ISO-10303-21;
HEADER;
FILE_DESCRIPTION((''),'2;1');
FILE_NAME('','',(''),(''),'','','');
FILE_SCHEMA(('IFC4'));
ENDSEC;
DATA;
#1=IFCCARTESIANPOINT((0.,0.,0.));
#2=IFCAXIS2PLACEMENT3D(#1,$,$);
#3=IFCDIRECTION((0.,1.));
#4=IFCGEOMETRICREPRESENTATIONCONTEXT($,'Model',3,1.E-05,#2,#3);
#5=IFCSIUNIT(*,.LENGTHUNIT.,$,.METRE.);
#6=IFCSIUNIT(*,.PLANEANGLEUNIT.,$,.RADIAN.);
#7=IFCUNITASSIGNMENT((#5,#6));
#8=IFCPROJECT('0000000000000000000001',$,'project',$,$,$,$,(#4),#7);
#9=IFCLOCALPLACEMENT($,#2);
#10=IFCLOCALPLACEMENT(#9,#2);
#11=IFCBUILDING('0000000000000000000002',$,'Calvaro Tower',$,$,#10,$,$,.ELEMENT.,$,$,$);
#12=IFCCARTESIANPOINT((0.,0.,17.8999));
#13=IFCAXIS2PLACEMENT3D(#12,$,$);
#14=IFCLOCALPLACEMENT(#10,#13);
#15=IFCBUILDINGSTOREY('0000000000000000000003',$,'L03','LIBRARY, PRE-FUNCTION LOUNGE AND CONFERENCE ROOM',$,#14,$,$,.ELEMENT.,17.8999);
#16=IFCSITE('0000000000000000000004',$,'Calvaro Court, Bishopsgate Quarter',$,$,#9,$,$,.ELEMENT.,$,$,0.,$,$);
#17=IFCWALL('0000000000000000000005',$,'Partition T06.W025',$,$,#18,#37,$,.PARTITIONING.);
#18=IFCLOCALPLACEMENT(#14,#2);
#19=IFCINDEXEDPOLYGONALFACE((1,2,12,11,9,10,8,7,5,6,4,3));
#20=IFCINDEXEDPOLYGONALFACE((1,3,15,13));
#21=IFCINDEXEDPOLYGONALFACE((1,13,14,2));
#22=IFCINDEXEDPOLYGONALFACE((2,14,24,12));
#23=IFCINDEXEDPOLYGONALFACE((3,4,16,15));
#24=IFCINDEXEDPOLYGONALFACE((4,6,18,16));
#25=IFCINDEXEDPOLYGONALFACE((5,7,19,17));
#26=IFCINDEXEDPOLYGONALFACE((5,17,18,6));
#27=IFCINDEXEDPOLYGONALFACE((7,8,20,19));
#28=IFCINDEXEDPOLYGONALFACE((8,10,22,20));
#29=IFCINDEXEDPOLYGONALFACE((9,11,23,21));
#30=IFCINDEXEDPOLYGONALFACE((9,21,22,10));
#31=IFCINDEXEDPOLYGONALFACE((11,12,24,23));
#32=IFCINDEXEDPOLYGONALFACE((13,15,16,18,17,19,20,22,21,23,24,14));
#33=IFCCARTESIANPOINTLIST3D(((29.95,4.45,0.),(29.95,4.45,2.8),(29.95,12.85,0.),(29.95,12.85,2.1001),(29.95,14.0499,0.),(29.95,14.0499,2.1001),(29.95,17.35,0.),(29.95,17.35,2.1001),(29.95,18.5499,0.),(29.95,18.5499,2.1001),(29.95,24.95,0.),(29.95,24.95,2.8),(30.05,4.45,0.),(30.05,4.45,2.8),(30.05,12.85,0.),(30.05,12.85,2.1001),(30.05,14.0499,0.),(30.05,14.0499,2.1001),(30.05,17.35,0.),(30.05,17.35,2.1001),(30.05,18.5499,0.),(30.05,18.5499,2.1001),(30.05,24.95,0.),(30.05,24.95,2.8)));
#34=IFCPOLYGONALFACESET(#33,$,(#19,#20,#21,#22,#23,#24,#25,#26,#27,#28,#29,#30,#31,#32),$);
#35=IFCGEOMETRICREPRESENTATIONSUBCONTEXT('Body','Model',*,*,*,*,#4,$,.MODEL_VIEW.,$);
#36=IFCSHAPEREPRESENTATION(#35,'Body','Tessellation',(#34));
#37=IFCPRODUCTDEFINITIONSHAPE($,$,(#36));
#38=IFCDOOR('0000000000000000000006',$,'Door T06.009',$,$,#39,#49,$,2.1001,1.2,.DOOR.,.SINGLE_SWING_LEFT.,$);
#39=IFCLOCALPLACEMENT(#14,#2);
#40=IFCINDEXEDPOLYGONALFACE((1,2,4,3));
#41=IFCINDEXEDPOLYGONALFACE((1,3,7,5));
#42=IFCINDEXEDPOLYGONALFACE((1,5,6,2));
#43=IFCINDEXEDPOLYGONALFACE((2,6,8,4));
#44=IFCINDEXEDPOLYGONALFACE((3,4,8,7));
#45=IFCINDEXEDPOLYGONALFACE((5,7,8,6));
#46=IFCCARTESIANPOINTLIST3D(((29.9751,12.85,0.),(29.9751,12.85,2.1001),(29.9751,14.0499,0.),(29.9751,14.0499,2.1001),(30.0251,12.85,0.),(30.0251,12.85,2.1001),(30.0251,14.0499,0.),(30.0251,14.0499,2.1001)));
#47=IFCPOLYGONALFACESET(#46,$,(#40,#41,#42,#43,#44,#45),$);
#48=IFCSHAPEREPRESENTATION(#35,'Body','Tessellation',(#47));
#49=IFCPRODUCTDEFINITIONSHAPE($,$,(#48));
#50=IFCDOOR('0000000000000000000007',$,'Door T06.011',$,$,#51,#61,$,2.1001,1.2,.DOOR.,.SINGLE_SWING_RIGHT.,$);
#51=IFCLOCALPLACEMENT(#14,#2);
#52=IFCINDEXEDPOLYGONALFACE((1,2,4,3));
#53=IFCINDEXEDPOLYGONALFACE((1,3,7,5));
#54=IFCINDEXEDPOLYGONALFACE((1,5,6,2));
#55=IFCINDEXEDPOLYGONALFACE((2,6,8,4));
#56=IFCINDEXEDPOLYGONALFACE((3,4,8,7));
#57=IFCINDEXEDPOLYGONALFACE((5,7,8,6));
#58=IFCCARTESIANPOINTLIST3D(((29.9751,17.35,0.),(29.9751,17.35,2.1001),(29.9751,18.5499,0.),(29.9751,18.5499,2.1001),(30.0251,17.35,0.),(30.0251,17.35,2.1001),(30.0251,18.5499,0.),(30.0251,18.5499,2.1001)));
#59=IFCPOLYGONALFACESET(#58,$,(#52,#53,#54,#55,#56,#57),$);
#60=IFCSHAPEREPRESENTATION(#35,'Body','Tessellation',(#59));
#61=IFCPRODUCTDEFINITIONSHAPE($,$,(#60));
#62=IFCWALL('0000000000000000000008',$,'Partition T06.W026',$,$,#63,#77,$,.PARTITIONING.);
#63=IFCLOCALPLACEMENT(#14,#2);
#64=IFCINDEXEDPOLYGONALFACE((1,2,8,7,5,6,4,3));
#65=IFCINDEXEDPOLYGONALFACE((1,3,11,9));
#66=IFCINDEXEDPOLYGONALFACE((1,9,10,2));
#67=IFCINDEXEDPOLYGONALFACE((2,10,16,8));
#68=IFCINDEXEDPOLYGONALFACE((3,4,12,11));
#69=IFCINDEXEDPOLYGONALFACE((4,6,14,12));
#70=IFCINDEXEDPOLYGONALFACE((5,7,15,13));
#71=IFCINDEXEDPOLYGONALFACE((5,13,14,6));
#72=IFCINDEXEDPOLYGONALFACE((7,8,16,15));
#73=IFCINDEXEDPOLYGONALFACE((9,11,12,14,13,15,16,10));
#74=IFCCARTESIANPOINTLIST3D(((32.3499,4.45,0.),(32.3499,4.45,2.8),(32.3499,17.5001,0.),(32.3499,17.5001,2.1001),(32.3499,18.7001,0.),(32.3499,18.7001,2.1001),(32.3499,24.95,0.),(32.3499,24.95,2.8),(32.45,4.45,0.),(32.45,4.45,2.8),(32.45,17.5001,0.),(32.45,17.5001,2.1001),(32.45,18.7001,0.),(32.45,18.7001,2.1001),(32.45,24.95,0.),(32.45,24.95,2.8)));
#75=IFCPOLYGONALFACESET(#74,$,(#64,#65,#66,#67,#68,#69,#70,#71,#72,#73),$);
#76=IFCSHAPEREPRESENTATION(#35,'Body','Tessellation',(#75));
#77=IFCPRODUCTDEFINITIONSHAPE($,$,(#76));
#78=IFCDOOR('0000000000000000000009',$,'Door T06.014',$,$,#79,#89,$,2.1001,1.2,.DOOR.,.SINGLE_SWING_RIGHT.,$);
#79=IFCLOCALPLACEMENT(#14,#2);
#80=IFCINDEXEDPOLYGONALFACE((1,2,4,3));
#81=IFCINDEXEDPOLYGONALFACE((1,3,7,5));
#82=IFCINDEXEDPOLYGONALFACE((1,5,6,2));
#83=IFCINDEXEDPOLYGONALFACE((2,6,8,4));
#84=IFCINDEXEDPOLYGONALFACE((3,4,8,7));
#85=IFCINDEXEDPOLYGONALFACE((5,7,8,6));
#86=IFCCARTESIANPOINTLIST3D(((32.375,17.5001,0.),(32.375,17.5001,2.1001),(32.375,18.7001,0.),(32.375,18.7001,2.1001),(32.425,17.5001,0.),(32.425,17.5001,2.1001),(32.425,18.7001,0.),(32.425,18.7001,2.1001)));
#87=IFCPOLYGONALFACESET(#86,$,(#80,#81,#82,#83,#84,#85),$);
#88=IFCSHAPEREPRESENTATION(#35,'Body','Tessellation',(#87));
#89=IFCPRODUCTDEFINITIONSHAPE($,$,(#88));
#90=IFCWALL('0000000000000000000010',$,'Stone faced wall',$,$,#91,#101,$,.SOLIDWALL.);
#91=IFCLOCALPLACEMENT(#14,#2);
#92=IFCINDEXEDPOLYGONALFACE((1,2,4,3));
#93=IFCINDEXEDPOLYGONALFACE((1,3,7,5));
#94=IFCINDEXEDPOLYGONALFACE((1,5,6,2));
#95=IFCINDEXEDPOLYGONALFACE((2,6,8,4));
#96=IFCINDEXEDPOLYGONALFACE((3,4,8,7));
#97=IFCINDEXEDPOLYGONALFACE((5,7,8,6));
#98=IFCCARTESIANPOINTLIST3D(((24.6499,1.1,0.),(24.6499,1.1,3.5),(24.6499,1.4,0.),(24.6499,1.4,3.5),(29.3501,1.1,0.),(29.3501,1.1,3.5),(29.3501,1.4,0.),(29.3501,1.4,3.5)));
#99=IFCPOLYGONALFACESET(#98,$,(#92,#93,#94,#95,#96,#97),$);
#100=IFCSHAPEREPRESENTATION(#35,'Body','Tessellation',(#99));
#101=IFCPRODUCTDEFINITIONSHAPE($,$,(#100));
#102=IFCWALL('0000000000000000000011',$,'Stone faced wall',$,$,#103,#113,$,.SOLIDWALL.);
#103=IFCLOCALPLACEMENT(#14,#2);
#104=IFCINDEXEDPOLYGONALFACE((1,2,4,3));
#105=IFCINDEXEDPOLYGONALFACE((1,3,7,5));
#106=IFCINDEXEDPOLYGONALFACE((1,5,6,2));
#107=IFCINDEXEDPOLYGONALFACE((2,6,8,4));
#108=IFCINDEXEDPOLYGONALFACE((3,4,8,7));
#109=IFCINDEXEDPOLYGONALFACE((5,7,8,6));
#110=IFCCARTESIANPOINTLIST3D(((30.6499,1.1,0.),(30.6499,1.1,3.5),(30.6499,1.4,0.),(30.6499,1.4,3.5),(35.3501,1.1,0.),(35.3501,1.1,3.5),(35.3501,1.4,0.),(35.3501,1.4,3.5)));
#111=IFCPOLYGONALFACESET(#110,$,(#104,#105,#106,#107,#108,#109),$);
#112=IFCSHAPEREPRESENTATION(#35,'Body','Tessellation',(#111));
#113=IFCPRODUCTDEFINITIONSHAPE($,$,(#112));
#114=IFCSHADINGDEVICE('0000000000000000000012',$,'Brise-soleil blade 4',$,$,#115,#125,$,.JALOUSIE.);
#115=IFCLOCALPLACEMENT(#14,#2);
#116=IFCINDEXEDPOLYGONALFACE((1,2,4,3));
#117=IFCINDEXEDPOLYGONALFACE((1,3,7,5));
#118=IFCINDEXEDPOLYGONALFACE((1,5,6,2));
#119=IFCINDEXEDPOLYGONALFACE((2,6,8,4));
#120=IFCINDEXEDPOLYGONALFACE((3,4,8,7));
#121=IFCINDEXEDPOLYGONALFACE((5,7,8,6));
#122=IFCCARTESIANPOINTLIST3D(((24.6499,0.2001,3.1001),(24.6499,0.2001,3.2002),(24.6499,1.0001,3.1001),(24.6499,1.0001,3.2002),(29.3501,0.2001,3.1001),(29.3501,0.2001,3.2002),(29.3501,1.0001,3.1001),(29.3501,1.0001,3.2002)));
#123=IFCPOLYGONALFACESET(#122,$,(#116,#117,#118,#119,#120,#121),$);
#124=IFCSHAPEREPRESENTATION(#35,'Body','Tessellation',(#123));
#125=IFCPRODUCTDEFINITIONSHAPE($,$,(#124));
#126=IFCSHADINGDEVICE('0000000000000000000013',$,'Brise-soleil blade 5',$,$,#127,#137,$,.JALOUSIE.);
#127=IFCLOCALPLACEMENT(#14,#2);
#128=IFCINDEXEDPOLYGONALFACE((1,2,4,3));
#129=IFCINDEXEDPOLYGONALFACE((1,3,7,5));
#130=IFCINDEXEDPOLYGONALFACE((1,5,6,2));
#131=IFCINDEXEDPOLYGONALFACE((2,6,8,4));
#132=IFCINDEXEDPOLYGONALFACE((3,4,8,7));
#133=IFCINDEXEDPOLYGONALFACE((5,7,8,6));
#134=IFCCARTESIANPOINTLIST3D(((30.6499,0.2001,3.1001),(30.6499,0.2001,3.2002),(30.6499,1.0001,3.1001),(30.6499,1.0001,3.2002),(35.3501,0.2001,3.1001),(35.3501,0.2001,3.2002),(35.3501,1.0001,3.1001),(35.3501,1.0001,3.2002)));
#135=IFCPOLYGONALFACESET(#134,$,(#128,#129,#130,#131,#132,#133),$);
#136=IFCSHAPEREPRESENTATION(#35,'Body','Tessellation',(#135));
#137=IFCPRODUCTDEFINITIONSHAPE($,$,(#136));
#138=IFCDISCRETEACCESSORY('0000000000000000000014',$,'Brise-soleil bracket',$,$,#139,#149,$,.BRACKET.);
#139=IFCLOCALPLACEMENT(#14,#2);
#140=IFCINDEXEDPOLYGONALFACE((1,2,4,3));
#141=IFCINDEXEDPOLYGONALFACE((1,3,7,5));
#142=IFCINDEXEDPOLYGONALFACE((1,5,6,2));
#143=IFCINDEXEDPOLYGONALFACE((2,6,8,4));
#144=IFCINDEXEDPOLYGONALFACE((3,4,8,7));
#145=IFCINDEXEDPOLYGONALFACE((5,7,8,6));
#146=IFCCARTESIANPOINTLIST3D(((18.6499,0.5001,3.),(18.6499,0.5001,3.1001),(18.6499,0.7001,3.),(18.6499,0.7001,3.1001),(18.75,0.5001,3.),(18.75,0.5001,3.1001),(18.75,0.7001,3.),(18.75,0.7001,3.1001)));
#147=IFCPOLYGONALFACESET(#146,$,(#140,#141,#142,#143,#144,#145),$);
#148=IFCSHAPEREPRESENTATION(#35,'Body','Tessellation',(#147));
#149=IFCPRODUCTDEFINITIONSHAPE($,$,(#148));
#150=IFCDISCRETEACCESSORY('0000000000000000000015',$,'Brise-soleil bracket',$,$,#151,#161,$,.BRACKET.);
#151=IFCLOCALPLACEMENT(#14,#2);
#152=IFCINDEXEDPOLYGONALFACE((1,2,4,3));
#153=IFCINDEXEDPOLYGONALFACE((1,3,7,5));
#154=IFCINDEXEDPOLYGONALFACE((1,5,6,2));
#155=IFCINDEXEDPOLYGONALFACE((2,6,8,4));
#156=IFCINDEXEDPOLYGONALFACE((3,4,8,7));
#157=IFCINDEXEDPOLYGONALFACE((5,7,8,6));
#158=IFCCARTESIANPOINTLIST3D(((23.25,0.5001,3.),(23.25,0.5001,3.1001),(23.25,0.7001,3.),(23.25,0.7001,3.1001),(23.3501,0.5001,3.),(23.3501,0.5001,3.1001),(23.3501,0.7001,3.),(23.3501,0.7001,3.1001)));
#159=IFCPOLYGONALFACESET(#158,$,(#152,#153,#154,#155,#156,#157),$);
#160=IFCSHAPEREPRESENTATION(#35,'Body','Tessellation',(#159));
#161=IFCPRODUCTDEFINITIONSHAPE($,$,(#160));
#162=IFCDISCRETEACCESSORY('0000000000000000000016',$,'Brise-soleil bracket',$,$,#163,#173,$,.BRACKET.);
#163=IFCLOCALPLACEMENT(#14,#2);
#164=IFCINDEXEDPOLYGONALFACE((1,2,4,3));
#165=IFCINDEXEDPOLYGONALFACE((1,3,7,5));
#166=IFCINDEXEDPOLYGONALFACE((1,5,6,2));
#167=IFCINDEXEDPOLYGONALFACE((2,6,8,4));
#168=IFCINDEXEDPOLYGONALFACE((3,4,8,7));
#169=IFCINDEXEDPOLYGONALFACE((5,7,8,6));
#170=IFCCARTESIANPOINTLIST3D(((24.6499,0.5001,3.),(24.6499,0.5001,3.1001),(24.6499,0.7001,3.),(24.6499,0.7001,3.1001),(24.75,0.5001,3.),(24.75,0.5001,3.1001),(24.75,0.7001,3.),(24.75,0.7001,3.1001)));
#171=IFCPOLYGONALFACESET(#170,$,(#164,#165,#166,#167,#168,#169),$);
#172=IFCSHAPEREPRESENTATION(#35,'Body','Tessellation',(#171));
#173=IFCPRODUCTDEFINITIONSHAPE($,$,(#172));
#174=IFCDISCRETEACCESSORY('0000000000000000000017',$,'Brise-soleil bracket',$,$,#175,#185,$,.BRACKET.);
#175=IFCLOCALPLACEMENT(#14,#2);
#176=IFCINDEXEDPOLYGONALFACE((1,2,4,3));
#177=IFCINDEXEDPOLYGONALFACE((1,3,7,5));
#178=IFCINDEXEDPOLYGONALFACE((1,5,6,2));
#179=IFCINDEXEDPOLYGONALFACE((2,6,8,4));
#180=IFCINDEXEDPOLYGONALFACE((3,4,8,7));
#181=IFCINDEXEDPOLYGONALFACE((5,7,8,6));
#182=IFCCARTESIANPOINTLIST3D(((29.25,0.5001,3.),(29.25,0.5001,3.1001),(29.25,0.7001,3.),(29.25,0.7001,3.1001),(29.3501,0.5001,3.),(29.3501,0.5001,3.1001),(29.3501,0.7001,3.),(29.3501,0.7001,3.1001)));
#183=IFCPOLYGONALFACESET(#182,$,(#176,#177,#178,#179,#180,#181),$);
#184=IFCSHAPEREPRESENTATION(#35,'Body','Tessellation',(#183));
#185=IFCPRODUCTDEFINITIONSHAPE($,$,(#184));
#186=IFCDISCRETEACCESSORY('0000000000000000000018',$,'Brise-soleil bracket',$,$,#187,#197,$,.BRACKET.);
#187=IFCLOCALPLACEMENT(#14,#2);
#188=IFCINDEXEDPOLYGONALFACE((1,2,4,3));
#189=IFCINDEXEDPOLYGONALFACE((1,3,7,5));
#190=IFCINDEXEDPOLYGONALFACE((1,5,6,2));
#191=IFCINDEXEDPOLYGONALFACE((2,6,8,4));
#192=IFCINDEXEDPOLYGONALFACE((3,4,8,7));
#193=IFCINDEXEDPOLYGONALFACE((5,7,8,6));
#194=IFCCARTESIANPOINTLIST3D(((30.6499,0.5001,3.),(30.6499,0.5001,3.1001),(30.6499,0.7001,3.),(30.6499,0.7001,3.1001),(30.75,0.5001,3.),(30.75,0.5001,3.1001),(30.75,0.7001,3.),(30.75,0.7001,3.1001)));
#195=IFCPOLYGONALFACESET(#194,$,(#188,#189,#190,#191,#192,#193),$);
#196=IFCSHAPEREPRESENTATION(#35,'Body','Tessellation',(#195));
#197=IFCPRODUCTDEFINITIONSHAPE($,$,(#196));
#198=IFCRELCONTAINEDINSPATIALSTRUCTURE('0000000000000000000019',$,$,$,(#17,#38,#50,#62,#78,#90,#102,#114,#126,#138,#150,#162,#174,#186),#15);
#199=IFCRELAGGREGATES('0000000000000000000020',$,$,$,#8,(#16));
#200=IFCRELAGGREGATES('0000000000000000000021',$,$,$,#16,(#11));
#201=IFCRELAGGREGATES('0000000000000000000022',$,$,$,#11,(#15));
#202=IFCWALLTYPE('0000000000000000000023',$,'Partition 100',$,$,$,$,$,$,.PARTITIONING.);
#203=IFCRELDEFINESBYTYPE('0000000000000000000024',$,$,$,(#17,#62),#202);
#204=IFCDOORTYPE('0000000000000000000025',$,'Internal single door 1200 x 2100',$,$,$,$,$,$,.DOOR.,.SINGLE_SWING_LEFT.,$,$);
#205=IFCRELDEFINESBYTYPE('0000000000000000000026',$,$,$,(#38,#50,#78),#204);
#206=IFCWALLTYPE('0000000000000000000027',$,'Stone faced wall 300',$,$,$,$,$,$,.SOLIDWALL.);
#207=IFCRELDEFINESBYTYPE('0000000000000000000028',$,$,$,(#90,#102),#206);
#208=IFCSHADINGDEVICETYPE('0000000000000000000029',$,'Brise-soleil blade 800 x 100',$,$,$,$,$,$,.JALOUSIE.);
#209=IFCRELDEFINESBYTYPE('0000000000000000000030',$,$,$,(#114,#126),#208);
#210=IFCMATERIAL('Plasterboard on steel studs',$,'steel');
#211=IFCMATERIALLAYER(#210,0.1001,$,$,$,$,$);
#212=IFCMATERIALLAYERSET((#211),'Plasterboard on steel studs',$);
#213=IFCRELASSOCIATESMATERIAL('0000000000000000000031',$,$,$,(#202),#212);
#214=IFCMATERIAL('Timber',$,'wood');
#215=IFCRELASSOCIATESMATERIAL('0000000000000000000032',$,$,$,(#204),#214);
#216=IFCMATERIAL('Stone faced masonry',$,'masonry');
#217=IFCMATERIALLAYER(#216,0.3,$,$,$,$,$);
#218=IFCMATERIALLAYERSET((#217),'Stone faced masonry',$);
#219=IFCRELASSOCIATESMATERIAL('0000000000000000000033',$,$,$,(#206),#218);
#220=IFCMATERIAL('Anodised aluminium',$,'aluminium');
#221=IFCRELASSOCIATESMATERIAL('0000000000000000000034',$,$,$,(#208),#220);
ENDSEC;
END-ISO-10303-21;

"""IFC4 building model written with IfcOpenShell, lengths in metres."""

from ifc_helpers import new_model, si_unit, direction, frame, frame_2d, origin, origin_2d, place, context, subcontext, project, spatial, rectangle, extrude, material, layer, layer_set, material_profile, profile_set, type_object, element, fill, save


model = new_model("IFC4")

# Units and contexts
model_context = context("Model", 3, precision=1e-05, world=origin(), true_north=direction((0.0, 1.0)))
body_context = subcontext(model_context, "Body", "Model", "MODEL_VIEW")
ifc_project = project(units=[si_unit("LENGTHUNIT", "METRE"), si_unit("PLANEANGLEUNIT", "RADIAN")], contexts=[model_context])

# Site, building, storey
site_placement = place(None, origin())
site = spatial("IfcSite", under=ifc_project, at=site_placement, Name="Calvaro Court, Bishopsgate Quarter", CompositionType="ELEMENT", RefElevation=0.0)
building_placement = place(site_placement, origin())
building = spatial("IfcBuilding", under=site, at=building_placement, Name="Calvaro Tower", CompositionType="ELEMENT")
storey_placement = place(building_placement, frame((0.0, 0.0, 17.8999)))
storey = spatial("IfcBuildingStorey", under=building, at=storey_placement, Name="L03", Description="LIBRARY, PRE-FUNCTION LOUNGE AND CONFERENCE ROOM", CompositionType="ELEMENT", Elevation=17.8999)

# Wall, openings, doors
ifc_material_1 = material(Name="Plasterboard on steel studs", Category="steel")
ifc_layer_1 = layer(ifc_material_1, 0.1001)
ifc_layer_set_1 = layer_set([ifc_layer_1], Name="Plasterboard on steel studs")
wall_type_1 = type_object("IfcWallType", Name="Partition 100", PredefinedType="PARTITIONING", material=ifc_layer_set_1)
wall_1_placement = place(storey_placement, frame((30.0, 4.45, 0.0), z_axis=(0.0, 0.0, 1.0), x_axis=(0.0, 1.0, 0.0)))
wall_1 = element("IfcWall", 1, at=wall_1_placement, inside=storey, type_object=wall_type_1, Name="Partition T06.W025", PredefinedType="PARTITIONING", context=body_context, shape_type="SweptSolid", body=[
    extrude(rectangle(XDim=20.5, YDim=0.1001, at=frame_2d((10.25, 0.0))), origin(), (0.0, 0.0, 1.0), 2.8),
])
opening_1_placement = place(wall_1_placement, frame((8.3999, 0.0, 0.0)))
opening_1 = element("IfcOpeningElement", 2, at=opening_1_placement, cuts=wall_1, PredefinedType="OPENING", context=body_context, shape_type="SweptSolid", body=[
    extrude(rectangle(XDim=1.2, YDim=2.1001, at=frame_2d((0.6001, 1.05))), frame((0.0, 0.0601, 0.0), z_axis=(0.0, -1.0, 0.0), x_axis=(1.0, 0.0, 0.0)), (0.0, 0.0, 1.0), 0.1201),
])
opening_2_placement = place(wall_1_placement, frame((12.8999, 0.0, 0.0)))
opening_2 = element("IfcOpeningElement", 3, at=opening_2_placement, cuts=wall_1, PredefinedType="OPENING", context=body_context, shape_type="SweptSolid", body=[
    extrude(rectangle(XDim=1.2, YDim=2.1001, at=frame_2d((0.6001, 1.05))), frame((0.0, 0.0601, 0.0), z_axis=(0.0, -1.0, 0.0), x_axis=(1.0, 0.0, 0.0)), (0.0, 0.0, 1.0), 0.1201),
])
ifc_material_2 = material(Name="Timber", Category="wood")
door_type_1 = type_object("IfcDoorType", Name="Internal single door 1200 x 2100", OperationType="SINGLE_SWING_LEFT", PredefinedType="DOOR", material=ifc_material_2)
door_1_placement = place(opening_1_placement, origin())
door_1 = element("IfcDoor", 4, at=door_1_placement, inside=storey, type_object=door_type_1, Name="Door T06.009", OperationType="SINGLE_SWING_LEFT", OverallHeight=2.1001, OverallWidth=1.2, PredefinedType="DOOR", context=body_context, shape_type="SweptSolid", body=[
    extrude(rectangle(XDim=1.2, YDim=2.1001, at=frame_2d((0.6001, 1.05))), frame((0.0, 0.0249, 0.0), z_axis=(0.0, -1.0, 0.0), x_axis=(1.0, 0.0, 0.0)), (0.0, 0.0, 1.0), 0.05),
])
fill(opening_1, door_1)
door_2_placement = place(opening_2_placement, origin())
door_2 = element("IfcDoor", 5, at=door_2_placement, inside=storey, type_object=door_type_1, Name="Door T06.011", OperationType="SINGLE_SWING_RIGHT", OverallHeight=2.1001, OverallWidth=1.2, PredefinedType="DOOR", context=body_context, shape_type="SweptSolid", body=[
    extrude(rectangle(XDim=1.2, YDim=2.1001, at=frame_2d((0.6001, 1.05))), frame((0.0, 0.0249, 0.0), z_axis=(0.0, -1.0, 0.0), x_axis=(1.0, 0.0, 0.0)), (0.0, 0.0, 1.0), 0.05),
])
fill(opening_2, door_2)

# Wall, opening, door
wall_2_placement = place(storey_placement, frame((32.3999, 4.45, 0.0), z_axis=(0.0, 0.0, 1.0), x_axis=(0.0, 1.0, 0.0)))
wall_2 = element("IfcWall", 6, at=wall_2_placement, inside=storey, type_object=wall_type_1, Name="Partition T06.W026", PredefinedType="PARTITIONING", context=body_context, shape_type="SweptSolid", body=[
    extrude(rectangle(XDim=20.5, YDim=0.1001, at=frame_2d((10.25, 0.0))), origin(), (0.0, 0.0, 1.0), 2.8),
])
opening_3_placement = place(wall_2_placement, frame((13.05, 0.0, 0.0)))
opening_3 = element("IfcOpeningElement", 7, at=opening_3_placement, cuts=wall_2, PredefinedType="OPENING", context=body_context, shape_type="SweptSolid", body=[
    extrude(rectangle(XDim=1.2, YDim=2.1001, at=frame_2d((0.6001, 1.05))), frame((0.0, 0.0601, 0.0), z_axis=(0.0, -1.0, 0.0), x_axis=(1.0, 0.0, 0.0)), (0.0, 0.0, 1.0), 0.1201),
])
door_3_placement = place(opening_3_placement, origin())
door_3 = element("IfcDoor", 8, at=door_3_placement, inside=storey, type_object=door_type_1, Name="Door T06.014", OperationType="SINGLE_SWING_RIGHT", OverallHeight=2.1001, OverallWidth=1.2, PredefinedType="DOOR", context=body_context, shape_type="SweptSolid", body=[
    extrude(rectangle(XDim=1.2, YDim=2.1001, at=frame_2d((0.6001, 1.05))), frame((0.0, 0.0249, 0.0), z_axis=(0.0, -1.0, 0.0), x_axis=(1.0, 0.0, 0.0)), (0.0, 0.0, 1.0), 0.05),
])
fill(opening_3, door_3)

# Walls
ifc_material_3 = material(Name="Stone faced masonry", Category="masonry")
ifc_layer_2 = layer(ifc_material_3, 0.3)
ifc_layer_set_2 = layer_set([ifc_layer_2], Name="Stone faced masonry")
wall_type_2 = type_object("IfcWallType", Name="Stone faced wall 300", PredefinedType="SOLIDWALL", material=ifc_layer_set_2)
for number, where, z_axis, x_axis, name in (
    (9, (24.6499, 1.25, 0.0), (0.0, 0.0, 1.0), (1.0, 0.0, 0.0), "Stone faced wall"),
    (10, (30.6499, 1.25, 0.0), (0.0, 0.0, 1.0), (1.0, 0.0, 0.0), "Stone faced wall"),
):
    element("IfcWall", number, at=place(storey_placement, frame(where, z_axis=z_axis, x_axis=x_axis)), inside=storey, type_object=wall_type_2, Name=name, PredefinedType="SOLIDWALL", context=body_context, shape_type="SweptSolid", body=[
        extrude(rectangle(XDim=4.7002, YDim=0.3, at=frame_2d((2.3501, 0.0))), origin(), (0.0, 0.0, 1.0), 3.5),
    ])

# Shading devices
ifc_material_4 = material(Name="Anodised aluminium", Category="aluminium")
ifc_material_profile_1 = material_profile(ifc_material_4, rectangle(XDim=0.8, YDim=0.1001, at=origin_2d()), Name="Brise-soleil blade 800 x 100")
ifc_profile_set_1 = profile_set([ifc_material_profile_1], Name="Anodised aluminium")
shading_device_type = type_object("IfcShadingDeviceType", Name="Brise-soleil blade 800 x 100", PredefinedType="JALOUSIE", material=ifc_profile_set_1)
for number, where, z_axis, x_axis, name in (
    (11, (24.6499, 0.6001, 3.1501), (1.0, 0.0, 0.0), (0.0, 1.0, 0.0), "Brise-soleil blade 4"),
    (12, (30.6499, 0.6001, 3.1501), (1.0, 0.0, 0.0), (0.0, 1.0, 0.0), "Brise-soleil blade 5"),
):
    element("IfcShadingDevice", number, at=place(storey_placement, frame(where, z_axis=z_axis, x_axis=x_axis)), inside=storey, type_object=shading_device_type, Name=name, PredefinedType="JALOUSIE", context=body_context, shape_type="SweptSolid", body=[
        extrude(rectangle(XDim=0.8, YDim=0.1001, at=origin_2d()), origin(), (0.0, 0.0, 1.0), 4.7002),
    ])

# Discrete accessories
for number, where, z_axis, x_axis, name in (
    (13, (18.7, 0.6001, 3.0), (0.0, 0.0, 1.0), (1.0, 0.0, 0.0), "Brise-soleil bracket"),
    (14, (23.3, 0.6001, 3.0), (0.0, 0.0, 1.0), (1.0, 0.0, 0.0), "Brise-soleil bracket"),
    (15, (24.7, 0.6001, 3.0), (0.0, 0.0, 1.0), (1.0, 0.0, 0.0), "Brise-soleil bracket"),
    (16, (29.3, 0.6001, 3.0), (0.0, 0.0, 1.0), (1.0, 0.0, 0.0), "Brise-soleil bracket"),
    (17, (30.7, 0.6001, 3.0), (0.0, 0.0, 1.0), (1.0, 0.0, 0.0), "Brise-soleil bracket"),
):
    element("IfcDiscreteAccessory", number, at=place(storey_placement, frame(where, z_axis=z_axis, x_axis=x_axis)), inside=storey, Name=name, PredefinedType="BRACKET", context=body_context, shape_type="SweptSolid", body=[
        extrude(rectangle(XDim=0.1001, YDim=0.2, at=origin_2d()), origin(), (0.0, 0.0, 1.0), 0.1001),
    ])

save(model, "model.ifc")
